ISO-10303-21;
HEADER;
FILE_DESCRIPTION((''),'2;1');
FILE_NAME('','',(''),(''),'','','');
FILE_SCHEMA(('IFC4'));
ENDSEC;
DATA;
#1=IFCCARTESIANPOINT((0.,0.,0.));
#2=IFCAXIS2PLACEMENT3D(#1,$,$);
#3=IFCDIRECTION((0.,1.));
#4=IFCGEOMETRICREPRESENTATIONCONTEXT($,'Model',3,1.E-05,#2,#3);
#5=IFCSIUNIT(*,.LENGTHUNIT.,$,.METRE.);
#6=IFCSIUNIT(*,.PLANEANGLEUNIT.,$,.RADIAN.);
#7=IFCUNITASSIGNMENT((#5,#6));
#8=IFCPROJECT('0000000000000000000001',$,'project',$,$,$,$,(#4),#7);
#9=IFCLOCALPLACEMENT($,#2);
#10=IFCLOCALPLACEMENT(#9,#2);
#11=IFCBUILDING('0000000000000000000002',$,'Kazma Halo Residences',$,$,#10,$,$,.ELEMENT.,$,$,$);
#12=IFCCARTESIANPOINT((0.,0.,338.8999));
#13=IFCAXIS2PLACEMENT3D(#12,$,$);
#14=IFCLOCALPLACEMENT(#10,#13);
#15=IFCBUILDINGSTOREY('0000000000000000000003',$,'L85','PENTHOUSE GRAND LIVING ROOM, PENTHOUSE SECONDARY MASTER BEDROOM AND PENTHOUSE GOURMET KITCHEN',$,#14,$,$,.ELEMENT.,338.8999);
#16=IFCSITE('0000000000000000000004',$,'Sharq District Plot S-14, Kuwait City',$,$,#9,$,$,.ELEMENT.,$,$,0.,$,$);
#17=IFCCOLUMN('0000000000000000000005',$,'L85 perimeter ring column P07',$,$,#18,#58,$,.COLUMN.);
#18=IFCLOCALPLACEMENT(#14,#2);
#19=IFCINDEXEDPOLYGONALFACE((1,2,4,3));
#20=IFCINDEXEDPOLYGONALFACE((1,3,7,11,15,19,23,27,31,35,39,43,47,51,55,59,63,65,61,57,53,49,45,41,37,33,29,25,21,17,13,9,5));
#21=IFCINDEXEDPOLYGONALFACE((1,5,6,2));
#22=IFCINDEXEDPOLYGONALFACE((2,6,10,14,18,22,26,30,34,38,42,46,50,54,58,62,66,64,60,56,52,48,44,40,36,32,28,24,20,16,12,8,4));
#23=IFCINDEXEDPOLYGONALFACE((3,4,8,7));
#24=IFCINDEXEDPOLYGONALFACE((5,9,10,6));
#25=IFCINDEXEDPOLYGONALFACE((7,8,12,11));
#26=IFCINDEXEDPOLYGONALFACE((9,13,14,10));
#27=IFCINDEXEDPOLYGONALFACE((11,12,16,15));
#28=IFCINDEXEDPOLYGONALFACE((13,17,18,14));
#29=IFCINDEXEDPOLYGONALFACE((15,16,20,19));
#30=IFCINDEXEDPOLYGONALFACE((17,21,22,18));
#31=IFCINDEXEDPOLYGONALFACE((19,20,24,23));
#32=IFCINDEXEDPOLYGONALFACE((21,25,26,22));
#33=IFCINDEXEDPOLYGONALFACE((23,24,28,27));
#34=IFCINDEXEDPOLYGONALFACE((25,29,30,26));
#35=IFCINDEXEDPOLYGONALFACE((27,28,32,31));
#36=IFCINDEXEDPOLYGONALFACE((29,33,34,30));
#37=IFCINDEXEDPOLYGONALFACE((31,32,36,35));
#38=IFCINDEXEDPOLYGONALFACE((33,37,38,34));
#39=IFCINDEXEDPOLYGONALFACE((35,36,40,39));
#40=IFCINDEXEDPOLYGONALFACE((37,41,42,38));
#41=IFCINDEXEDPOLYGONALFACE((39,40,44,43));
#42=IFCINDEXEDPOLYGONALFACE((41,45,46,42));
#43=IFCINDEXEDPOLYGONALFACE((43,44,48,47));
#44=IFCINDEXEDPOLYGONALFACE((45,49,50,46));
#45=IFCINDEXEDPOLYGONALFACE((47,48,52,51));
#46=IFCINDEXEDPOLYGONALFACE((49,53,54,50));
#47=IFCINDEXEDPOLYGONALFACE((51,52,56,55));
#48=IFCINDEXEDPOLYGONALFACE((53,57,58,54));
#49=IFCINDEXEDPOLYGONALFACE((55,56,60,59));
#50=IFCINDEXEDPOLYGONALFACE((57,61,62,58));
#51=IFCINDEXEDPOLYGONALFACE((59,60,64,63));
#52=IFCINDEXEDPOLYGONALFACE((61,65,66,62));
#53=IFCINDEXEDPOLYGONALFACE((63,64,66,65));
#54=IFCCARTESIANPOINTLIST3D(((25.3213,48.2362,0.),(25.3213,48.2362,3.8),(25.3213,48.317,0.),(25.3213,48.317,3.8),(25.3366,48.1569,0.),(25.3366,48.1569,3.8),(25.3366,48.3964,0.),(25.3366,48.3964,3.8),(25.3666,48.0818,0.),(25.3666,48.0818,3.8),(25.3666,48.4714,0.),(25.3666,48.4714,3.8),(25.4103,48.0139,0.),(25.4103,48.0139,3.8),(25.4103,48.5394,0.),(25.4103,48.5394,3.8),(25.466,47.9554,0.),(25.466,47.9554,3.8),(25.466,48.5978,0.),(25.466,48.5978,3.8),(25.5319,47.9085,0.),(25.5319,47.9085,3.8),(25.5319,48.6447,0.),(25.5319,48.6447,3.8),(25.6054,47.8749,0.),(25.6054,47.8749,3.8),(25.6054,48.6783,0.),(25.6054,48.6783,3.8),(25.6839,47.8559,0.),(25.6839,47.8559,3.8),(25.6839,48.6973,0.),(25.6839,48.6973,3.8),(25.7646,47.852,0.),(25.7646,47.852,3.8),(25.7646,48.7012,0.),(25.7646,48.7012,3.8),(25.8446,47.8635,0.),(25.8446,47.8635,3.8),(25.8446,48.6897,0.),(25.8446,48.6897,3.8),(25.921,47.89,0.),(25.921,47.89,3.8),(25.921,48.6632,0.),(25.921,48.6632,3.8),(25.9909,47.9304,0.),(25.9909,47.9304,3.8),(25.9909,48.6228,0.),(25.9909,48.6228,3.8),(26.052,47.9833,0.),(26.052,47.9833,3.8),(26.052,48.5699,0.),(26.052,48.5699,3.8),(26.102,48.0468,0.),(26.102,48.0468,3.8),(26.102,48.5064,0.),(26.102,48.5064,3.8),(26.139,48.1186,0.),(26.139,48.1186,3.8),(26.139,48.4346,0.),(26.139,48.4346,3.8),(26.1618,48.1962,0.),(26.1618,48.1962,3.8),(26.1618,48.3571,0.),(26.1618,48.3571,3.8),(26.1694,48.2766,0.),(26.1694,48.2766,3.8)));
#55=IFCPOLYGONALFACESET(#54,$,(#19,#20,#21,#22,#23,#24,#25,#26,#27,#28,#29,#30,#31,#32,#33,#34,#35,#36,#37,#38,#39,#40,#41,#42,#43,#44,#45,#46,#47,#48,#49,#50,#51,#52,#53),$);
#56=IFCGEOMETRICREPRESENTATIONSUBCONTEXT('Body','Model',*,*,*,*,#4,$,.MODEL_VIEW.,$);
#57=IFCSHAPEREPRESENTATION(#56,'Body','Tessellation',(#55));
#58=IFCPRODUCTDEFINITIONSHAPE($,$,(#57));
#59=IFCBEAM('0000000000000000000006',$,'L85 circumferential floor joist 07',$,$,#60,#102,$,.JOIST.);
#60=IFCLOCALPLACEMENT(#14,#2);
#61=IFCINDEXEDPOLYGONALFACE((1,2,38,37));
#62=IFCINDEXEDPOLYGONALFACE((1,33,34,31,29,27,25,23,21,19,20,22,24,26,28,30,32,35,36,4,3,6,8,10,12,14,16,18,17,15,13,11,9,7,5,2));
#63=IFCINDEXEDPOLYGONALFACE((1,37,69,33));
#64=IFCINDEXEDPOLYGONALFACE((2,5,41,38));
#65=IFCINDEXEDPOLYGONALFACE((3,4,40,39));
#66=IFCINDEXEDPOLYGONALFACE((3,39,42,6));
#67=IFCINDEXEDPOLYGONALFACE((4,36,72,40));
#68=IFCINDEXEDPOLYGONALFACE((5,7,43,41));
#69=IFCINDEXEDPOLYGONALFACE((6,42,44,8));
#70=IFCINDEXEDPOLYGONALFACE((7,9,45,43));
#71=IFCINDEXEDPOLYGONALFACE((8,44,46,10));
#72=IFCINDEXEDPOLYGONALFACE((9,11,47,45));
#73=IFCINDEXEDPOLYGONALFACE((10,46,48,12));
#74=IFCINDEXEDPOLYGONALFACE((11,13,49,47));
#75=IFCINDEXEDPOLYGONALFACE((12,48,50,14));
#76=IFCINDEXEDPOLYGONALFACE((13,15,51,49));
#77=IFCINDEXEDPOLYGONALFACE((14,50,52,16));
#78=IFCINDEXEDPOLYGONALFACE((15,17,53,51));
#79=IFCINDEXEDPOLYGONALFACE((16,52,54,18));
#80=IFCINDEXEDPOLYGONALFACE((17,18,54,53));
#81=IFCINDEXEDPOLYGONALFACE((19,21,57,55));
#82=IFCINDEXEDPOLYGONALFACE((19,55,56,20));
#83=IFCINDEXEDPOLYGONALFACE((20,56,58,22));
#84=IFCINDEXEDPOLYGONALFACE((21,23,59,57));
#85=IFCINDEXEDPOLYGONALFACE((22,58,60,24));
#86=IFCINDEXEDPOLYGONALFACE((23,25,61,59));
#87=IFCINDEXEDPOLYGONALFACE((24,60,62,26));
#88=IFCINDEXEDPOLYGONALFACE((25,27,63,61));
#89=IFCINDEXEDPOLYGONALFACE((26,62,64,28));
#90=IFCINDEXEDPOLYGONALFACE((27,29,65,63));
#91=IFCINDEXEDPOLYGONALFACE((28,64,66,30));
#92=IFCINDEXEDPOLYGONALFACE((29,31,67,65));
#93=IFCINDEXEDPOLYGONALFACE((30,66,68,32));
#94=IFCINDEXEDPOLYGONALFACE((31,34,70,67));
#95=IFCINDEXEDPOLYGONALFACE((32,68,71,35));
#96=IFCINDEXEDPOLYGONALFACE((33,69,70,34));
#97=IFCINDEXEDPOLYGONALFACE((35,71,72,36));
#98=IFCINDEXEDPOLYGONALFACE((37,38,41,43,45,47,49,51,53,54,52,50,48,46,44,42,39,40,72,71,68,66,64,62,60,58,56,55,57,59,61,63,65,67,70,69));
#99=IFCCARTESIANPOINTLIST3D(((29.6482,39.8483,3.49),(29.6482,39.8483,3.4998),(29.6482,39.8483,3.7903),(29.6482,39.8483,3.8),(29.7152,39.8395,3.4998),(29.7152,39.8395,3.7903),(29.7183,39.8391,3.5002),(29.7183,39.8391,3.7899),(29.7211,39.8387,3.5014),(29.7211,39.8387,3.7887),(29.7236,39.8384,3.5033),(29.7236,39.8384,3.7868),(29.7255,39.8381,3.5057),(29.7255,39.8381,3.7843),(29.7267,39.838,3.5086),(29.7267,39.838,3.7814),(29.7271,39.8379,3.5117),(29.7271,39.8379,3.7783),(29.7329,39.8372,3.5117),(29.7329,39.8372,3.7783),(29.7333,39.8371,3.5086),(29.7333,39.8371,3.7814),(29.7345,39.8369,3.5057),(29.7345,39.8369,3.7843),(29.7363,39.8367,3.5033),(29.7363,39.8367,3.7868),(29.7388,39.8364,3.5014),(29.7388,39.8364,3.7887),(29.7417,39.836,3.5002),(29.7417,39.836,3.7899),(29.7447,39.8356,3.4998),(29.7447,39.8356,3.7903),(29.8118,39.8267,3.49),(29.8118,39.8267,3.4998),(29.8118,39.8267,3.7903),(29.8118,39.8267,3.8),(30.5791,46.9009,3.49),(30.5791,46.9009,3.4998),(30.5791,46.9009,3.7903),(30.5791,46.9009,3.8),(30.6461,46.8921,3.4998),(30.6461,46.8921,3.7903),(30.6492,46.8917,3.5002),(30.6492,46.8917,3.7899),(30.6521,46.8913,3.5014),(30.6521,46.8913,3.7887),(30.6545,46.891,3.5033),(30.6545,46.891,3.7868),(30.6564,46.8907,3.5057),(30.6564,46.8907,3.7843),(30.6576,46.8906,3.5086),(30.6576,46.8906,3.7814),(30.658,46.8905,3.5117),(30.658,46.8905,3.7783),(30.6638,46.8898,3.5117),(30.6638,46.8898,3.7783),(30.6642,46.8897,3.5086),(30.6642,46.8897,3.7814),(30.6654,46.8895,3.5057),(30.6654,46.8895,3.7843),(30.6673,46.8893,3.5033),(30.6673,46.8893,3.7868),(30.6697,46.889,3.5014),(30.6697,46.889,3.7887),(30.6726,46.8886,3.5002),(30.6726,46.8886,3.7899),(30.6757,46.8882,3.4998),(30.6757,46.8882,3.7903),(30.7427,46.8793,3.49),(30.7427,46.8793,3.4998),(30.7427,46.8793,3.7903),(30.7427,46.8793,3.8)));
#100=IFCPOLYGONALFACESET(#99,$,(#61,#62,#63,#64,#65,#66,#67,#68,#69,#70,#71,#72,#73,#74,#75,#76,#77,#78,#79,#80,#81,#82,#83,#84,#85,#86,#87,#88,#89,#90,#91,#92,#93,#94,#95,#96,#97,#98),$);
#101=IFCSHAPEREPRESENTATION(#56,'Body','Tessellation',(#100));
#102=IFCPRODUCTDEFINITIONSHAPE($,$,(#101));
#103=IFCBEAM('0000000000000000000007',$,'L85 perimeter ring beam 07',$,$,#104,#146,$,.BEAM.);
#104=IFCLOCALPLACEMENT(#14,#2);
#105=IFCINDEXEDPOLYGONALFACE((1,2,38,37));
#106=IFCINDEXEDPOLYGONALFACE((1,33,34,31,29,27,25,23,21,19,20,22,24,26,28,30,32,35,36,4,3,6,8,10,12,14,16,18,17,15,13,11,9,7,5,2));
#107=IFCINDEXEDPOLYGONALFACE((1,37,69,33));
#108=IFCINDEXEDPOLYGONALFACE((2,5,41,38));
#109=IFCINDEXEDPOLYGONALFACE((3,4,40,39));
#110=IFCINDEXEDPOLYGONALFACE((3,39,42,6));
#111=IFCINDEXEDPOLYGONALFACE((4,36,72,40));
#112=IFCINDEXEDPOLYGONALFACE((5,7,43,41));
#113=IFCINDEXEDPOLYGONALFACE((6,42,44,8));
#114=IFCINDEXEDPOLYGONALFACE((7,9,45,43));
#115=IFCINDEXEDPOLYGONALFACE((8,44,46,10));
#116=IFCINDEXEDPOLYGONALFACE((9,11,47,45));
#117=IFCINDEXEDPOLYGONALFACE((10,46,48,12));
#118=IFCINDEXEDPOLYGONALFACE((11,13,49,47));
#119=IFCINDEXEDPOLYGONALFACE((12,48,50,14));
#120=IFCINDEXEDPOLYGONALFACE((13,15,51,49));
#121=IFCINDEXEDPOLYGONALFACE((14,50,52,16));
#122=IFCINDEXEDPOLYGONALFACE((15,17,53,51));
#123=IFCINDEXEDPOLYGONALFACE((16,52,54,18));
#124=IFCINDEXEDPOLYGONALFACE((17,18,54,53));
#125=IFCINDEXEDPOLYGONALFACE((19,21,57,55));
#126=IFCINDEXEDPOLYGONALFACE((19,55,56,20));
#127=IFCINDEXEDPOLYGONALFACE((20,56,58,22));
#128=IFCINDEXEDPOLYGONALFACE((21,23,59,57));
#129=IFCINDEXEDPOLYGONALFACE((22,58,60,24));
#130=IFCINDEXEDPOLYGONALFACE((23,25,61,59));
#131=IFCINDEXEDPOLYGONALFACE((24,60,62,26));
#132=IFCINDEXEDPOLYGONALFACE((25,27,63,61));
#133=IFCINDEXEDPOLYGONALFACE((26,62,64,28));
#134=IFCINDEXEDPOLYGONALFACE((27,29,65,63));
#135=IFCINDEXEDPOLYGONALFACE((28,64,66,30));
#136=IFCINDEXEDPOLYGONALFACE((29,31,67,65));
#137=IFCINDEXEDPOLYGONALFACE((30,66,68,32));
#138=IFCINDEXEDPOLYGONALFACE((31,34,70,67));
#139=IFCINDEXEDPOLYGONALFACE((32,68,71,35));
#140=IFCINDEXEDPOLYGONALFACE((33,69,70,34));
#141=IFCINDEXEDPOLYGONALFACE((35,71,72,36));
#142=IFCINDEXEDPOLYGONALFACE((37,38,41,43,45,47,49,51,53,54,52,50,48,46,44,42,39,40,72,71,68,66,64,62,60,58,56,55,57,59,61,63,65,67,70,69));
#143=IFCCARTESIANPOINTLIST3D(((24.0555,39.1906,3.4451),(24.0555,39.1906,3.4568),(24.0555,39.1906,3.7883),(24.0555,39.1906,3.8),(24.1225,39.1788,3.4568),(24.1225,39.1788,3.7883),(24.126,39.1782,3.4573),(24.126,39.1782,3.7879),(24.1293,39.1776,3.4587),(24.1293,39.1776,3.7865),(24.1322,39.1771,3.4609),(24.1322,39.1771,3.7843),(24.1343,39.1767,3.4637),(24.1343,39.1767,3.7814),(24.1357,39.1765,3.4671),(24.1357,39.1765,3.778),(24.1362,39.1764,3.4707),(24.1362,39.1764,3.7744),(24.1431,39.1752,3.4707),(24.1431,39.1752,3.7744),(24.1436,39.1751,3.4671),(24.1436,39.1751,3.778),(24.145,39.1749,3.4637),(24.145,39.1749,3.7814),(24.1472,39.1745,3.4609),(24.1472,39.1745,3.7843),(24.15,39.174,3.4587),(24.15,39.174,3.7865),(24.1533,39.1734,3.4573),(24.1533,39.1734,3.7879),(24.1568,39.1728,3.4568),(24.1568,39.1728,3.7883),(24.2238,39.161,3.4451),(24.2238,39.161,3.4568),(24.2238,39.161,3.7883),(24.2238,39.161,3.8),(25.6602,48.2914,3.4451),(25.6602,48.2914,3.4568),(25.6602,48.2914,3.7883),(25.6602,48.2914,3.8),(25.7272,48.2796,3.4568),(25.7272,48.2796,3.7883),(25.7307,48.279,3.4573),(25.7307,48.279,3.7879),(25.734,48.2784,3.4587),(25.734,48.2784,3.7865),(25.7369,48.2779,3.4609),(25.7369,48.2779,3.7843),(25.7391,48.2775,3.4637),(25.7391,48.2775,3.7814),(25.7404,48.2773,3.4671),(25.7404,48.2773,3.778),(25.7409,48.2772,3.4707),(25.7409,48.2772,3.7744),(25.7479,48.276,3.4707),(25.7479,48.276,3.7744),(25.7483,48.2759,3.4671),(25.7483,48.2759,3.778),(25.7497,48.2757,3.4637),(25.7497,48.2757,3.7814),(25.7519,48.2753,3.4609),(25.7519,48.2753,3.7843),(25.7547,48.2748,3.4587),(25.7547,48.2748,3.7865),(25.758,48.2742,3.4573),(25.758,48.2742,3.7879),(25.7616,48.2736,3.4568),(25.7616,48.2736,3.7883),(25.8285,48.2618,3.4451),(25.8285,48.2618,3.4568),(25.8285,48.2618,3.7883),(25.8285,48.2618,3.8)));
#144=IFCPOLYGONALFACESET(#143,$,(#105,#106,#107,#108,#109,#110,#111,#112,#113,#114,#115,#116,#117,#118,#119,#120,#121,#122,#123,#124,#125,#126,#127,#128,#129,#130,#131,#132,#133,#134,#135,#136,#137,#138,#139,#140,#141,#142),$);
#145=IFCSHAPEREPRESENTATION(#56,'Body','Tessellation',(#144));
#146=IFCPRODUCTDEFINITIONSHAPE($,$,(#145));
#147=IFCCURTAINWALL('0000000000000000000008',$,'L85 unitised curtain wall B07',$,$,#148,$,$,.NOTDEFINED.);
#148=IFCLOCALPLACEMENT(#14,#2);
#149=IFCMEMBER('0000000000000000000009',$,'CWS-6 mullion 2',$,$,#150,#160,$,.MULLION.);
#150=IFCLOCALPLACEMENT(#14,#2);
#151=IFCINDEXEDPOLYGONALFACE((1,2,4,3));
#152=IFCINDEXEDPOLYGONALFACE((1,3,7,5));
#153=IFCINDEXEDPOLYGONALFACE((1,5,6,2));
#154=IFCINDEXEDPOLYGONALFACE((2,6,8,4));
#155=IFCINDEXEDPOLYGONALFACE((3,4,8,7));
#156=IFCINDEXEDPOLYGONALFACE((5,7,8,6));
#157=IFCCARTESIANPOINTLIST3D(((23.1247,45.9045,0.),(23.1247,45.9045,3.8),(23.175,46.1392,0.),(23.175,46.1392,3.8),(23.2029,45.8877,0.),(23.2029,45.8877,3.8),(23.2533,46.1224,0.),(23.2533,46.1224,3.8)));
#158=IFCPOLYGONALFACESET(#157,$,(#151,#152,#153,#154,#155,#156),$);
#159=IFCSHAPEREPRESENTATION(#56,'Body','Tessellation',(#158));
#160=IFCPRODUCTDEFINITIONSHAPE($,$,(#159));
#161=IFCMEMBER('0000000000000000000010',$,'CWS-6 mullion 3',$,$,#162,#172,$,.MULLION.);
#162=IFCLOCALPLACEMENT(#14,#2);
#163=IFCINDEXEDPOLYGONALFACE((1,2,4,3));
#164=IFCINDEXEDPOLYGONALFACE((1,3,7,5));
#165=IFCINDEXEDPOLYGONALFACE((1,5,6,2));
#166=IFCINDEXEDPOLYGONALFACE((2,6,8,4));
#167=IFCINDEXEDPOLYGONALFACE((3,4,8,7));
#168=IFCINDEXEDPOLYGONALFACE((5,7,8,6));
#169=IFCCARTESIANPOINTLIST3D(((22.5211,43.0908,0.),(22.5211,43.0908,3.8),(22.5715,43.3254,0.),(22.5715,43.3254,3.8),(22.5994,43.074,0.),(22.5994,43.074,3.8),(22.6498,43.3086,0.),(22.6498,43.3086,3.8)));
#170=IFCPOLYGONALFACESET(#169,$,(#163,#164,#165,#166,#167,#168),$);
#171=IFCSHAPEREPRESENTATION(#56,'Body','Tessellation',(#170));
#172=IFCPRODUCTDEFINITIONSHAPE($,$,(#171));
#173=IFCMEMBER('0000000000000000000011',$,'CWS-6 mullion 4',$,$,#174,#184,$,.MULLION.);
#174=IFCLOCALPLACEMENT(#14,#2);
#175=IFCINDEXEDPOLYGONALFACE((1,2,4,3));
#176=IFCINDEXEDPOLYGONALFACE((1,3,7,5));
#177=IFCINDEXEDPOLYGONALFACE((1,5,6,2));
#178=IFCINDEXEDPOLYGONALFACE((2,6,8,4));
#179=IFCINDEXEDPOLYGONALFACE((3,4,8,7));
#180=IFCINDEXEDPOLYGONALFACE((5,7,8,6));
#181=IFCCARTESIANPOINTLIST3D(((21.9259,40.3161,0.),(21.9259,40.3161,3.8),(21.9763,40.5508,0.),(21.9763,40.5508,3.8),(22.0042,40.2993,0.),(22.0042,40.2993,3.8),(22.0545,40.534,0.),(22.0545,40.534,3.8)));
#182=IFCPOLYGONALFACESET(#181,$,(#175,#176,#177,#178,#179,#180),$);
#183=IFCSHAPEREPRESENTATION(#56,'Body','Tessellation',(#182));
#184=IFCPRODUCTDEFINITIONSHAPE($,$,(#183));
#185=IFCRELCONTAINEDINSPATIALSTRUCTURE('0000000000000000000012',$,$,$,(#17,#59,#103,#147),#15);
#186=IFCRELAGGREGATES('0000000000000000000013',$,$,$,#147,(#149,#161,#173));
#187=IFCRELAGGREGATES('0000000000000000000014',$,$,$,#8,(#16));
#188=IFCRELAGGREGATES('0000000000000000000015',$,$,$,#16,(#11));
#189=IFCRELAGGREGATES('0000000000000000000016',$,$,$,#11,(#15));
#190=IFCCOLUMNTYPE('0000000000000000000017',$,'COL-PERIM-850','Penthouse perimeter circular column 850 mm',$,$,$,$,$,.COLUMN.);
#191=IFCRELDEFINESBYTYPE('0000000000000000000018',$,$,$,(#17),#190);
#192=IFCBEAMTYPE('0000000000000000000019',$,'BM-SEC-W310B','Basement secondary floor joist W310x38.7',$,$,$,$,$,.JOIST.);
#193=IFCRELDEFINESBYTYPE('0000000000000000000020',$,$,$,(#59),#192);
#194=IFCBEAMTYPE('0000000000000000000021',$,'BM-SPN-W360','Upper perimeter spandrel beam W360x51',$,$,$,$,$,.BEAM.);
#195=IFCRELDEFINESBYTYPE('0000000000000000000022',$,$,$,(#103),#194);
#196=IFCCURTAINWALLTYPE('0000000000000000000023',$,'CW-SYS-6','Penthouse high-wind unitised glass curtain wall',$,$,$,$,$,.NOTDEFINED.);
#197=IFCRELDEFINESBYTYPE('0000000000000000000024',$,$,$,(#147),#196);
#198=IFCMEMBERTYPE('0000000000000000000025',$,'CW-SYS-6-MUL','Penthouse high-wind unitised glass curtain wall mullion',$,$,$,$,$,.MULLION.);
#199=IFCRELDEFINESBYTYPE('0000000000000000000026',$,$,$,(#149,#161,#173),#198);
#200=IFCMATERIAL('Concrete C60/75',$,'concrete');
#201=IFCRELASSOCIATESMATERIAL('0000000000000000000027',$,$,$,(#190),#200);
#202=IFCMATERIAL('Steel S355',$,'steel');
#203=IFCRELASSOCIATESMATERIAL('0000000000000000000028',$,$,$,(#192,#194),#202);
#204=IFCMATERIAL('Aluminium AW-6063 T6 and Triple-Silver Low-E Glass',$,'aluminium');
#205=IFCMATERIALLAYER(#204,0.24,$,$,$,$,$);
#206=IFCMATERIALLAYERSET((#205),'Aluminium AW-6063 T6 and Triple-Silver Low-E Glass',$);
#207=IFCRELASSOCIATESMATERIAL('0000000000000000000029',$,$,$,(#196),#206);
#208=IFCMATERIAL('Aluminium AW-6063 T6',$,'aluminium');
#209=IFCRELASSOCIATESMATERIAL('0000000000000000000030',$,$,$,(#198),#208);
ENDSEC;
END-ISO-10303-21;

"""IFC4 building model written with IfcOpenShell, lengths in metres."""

from ifc_helpers import new_model, si_unit, direction, frame, origin, origin_2d, place, context, subcontext, project, spatial, rectangle, circle, i_section, extrude, material, layer, layer_set, material_profile, profile_set, type_object, element, aggregate, save


model = new_model("IFC4")

# Units and contexts
model_context = context("Model", 3, precision=1e-05, world=origin(), true_north=direction((0.0, 1.0)))
body_context = subcontext(model_context, "Body", "Model", "MODEL_VIEW")
ifc_project = project(units=[si_unit("LENGTHUNIT", "METRE"), si_unit("PLANEANGLEUNIT", "RADIAN")], contexts=[model_context])

# Site, building, storey
site_placement = place(None, origin())
site = spatial("IfcSite", under=ifc_project, at=site_placement, Name="Sharq District Plot S-14, Kuwait City", CompositionType="ELEMENT", RefElevation=0.0)
building_placement = place(site_placement, origin())
building = spatial("IfcBuilding", under=site, at=building_placement, Name="Kazma Halo Residences", CompositionType="ELEMENT")
storey_placement = place(building_placement, frame((0.0, 0.0, 338.8999)))
storey = spatial("IfcBuildingStorey", under=building, at=storey_placement, Name="L85", Description="PENTHOUSE GRAND LIVING ROOM, PENTHOUSE SECONDARY MASTER BEDROOM AND PENTHOUSE GOURMET KITCHEN", CompositionType="ELEMENT", Elevation=338.8999)

# Column
ifc_material_1 = material(Name="Concrete C60/75", Category="concrete")
ifc_material_profile_1 = material_profile(ifc_material_1, circle(Radius=0.425, at=origin_2d()), Name="CIRC850")
ifc_profile_set_1 = profile_set([ifc_material_profile_1], Name="Concrete C60/75")
column_type = type_object("IfcColumnType", Name="COL-PERIM-850", Description="Penthouse perimeter circular column 850 mm", PredefinedType="COLUMN", material=ifc_profile_set_1)
column_placement = place(storey_placement, frame((25.7444, 48.2766, 0.0), z_axis=(0.0, 0.0, 1.0), x_axis=(1.0, 0.0, 0.0)))
element("IfcColumn", 1, at=column_placement, inside=storey, type_object=column_type, Name="L85 perimeter ring column P07", PredefinedType="COLUMN", context=body_context, shape_type="SweptSolid", body=[
    extrude(circle(Radius=0.425, at=origin_2d()), origin(), (0.0, 0.0, 1.0), 3.8),
])

# Beams
ifc_material_2 = material(Name="Steel S355", Category="steel")
ifc_material_profile_2 = material_profile(ifc_material_2, i_section(OverallWidth=0.165, OverallDepth=0.3101, WebThickness=0.0059, FlangeThickness=0.0098, FilletRadius=0.012, at=origin_2d()), Name="W310x38.7")
ifc_profile_set_2 = profile_set([ifc_material_profile_2], Name="Steel S355")
beam_type_1 = type_object("IfcBeamType", Name="BM-SEC-W310B", Description="Basement secondary floor joist W310x38.7", PredefinedType="JOIST", material=ifc_profile_set_2)
beam_1_placement = place(storey_placement, frame((30.6609, 46.8901, 3.645), z_axis=(-0.130862, -0.991401, 0.0), x_axis=(0.991401, -0.130862, 0.0)))
element("IfcBeam", 2, at=beam_1_placement, inside=storey, type_object=beam_type_1, Name="L85 circumferential floor joist 07", PredefinedType="JOIST", context=body_context, shape_type="SweptSolid", body=[
    extrude(i_section(OverallWidth=0.165, OverallDepth=0.3101, WebThickness=0.0059, FlangeThickness=0.0098, FilletRadius=0.012, at=origin_2d()), origin(), (0.0, 0.0, 1.0), 7.1138),
])
ifc_material_profile_3 = material_profile(ifc_material_2, i_section(OverallWidth=0.1709, OverallDepth=0.355, WebThickness=0.0071, FlangeThickness=0.0117, FilletRadius=0.0139, at=origin_2d()), Name="W360x51")
ifc_profile_set_3 = profile_set([ifc_material_profile_3], Name="Steel S355")
beam_type_2 = type_object("IfcBeamType", Name="BM-SPN-W360", Description="Upper perimeter spandrel beam W360x51", PredefinedType="BEAM", material=ifc_profile_set_3)
beam_2_placement = place(storey_placement, frame((25.7444, 48.2766, 3.6226), z_axis=(-0.17365, -0.984807, 0.0), x_axis=(0.984807, -0.17365, 0.0)))
element("IfcBeam", 3, at=beam_2_placement, inside=storey, type_object=beam_type_2, Name="L85 perimeter ring beam 07", PredefinedType="BEAM", context=body_context, shape_type="SweptSolid", body=[
    extrude(i_section(OverallWidth=0.1709, OverallDepth=0.355, WebThickness=0.0071, FlangeThickness=0.0117, FilletRadius=0.0139, at=origin_2d()), origin(), (0.0, 0.0, 1.0), 9.2412),
])

# Curtain wall, members
ifc_material_3 = material(Name="Aluminium AW-6063 T6 and Triple-Silver Low-E Glass", Category="aluminium")
ifc_layer_1 = layer(ifc_material_3, 0.24)
ifc_layer_set_1 = layer_set([ifc_layer_1], Name="Aluminium AW-6063 T6 and Triple-Silver Low-E Glass")
curtain_wall_type = type_object("IfcCurtainWallType", Name="CW-SYS-6", Description="Penthouse high-wind unitised glass curtain wall", PredefinedType="NOTDEFINED", material=ifc_layer_set_1)
curtain_wall_placement = place(storey_placement, origin())
curtain_wall = element("IfcCurtainWall", 4, at=curtain_wall_placement, inside=storey, type_object=curtain_wall_type, Name="L85 unitised curtain wall B07", PredefinedType="NOTDEFINED")
ifc_material_4 = material(Name="Aluminium AW-6063 T6", Category="aluminium")
ifc_material_profile_4 = material_profile(ifc_material_4, rectangle(XDim=0.0801, YDim=0.24, at=origin_2d()), Name="CWM-80x240")
ifc_profile_set_4 = profile_set([ifc_material_profile_4], Name="Aluminium AW-6063 T6")
member_type_1 = type_object("IfcMemberType", Name="CW-SYS-6-MUL", Description="Penthouse high-wind unitised glass curtain wall mullion", PredefinedType="MULLION", material=ifc_profile_set_4)
member_1_placement = place(storey_placement, frame((23.189, 46.0134, 0.0), z_axis=(0.0, 0.0, 1.0), x_axis=(0.977761, -0.209723, 0.0)))
member_1 = element("IfcMember", 5, at=member_1_placement, type_object=member_type_1, Name="CWS-6 mullion 2", PredefinedType="MULLION", context=body_context, shape_type="SweptSolid", body=[
    extrude(rectangle(XDim=0.0801, YDim=0.24, at=origin_2d()), origin(), (0.0, 0.0, 1.0), 3.8),
])
member_2_placement = place(storey_placement, frame((22.5854, 43.1997, 0.0), z_axis=(0.0, 0.0, 1.0), x_axis=(0.977761, -0.209723, 0.0)))
member_2 = element("IfcMember", 6, at=member_2_placement, type_object=member_type_1, Name="CWS-6 mullion 3", PredefinedType="MULLION", context=body_context, shape_type="SweptSolid", body=[
    extrude(rectangle(XDim=0.0801, YDim=0.24, at=origin_2d()), origin(), (0.0, 0.0, 1.0), 3.8),
])
member_3_placement = place(storey_placement, frame((21.9902, 40.425, 0.0), z_axis=(0.0, 0.0, 1.0), x_axis=(0.977761, -0.209723, 0.0)))
member_3 = element("IfcMember", 7, at=member_3_placement, type_object=member_type_1, Name="CWS-6 mullion 4", PredefinedType="MULLION", context=body_context, shape_type="SweptSolid", body=[
    extrude(rectangle(XDim=0.0801, YDim=0.24, at=origin_2d()), origin(), (0.0, 0.0, 1.0), 3.8),
])
aggregate(curtain_wall, [member_1, member_2, member_3])

save(model, "model.ifc")
